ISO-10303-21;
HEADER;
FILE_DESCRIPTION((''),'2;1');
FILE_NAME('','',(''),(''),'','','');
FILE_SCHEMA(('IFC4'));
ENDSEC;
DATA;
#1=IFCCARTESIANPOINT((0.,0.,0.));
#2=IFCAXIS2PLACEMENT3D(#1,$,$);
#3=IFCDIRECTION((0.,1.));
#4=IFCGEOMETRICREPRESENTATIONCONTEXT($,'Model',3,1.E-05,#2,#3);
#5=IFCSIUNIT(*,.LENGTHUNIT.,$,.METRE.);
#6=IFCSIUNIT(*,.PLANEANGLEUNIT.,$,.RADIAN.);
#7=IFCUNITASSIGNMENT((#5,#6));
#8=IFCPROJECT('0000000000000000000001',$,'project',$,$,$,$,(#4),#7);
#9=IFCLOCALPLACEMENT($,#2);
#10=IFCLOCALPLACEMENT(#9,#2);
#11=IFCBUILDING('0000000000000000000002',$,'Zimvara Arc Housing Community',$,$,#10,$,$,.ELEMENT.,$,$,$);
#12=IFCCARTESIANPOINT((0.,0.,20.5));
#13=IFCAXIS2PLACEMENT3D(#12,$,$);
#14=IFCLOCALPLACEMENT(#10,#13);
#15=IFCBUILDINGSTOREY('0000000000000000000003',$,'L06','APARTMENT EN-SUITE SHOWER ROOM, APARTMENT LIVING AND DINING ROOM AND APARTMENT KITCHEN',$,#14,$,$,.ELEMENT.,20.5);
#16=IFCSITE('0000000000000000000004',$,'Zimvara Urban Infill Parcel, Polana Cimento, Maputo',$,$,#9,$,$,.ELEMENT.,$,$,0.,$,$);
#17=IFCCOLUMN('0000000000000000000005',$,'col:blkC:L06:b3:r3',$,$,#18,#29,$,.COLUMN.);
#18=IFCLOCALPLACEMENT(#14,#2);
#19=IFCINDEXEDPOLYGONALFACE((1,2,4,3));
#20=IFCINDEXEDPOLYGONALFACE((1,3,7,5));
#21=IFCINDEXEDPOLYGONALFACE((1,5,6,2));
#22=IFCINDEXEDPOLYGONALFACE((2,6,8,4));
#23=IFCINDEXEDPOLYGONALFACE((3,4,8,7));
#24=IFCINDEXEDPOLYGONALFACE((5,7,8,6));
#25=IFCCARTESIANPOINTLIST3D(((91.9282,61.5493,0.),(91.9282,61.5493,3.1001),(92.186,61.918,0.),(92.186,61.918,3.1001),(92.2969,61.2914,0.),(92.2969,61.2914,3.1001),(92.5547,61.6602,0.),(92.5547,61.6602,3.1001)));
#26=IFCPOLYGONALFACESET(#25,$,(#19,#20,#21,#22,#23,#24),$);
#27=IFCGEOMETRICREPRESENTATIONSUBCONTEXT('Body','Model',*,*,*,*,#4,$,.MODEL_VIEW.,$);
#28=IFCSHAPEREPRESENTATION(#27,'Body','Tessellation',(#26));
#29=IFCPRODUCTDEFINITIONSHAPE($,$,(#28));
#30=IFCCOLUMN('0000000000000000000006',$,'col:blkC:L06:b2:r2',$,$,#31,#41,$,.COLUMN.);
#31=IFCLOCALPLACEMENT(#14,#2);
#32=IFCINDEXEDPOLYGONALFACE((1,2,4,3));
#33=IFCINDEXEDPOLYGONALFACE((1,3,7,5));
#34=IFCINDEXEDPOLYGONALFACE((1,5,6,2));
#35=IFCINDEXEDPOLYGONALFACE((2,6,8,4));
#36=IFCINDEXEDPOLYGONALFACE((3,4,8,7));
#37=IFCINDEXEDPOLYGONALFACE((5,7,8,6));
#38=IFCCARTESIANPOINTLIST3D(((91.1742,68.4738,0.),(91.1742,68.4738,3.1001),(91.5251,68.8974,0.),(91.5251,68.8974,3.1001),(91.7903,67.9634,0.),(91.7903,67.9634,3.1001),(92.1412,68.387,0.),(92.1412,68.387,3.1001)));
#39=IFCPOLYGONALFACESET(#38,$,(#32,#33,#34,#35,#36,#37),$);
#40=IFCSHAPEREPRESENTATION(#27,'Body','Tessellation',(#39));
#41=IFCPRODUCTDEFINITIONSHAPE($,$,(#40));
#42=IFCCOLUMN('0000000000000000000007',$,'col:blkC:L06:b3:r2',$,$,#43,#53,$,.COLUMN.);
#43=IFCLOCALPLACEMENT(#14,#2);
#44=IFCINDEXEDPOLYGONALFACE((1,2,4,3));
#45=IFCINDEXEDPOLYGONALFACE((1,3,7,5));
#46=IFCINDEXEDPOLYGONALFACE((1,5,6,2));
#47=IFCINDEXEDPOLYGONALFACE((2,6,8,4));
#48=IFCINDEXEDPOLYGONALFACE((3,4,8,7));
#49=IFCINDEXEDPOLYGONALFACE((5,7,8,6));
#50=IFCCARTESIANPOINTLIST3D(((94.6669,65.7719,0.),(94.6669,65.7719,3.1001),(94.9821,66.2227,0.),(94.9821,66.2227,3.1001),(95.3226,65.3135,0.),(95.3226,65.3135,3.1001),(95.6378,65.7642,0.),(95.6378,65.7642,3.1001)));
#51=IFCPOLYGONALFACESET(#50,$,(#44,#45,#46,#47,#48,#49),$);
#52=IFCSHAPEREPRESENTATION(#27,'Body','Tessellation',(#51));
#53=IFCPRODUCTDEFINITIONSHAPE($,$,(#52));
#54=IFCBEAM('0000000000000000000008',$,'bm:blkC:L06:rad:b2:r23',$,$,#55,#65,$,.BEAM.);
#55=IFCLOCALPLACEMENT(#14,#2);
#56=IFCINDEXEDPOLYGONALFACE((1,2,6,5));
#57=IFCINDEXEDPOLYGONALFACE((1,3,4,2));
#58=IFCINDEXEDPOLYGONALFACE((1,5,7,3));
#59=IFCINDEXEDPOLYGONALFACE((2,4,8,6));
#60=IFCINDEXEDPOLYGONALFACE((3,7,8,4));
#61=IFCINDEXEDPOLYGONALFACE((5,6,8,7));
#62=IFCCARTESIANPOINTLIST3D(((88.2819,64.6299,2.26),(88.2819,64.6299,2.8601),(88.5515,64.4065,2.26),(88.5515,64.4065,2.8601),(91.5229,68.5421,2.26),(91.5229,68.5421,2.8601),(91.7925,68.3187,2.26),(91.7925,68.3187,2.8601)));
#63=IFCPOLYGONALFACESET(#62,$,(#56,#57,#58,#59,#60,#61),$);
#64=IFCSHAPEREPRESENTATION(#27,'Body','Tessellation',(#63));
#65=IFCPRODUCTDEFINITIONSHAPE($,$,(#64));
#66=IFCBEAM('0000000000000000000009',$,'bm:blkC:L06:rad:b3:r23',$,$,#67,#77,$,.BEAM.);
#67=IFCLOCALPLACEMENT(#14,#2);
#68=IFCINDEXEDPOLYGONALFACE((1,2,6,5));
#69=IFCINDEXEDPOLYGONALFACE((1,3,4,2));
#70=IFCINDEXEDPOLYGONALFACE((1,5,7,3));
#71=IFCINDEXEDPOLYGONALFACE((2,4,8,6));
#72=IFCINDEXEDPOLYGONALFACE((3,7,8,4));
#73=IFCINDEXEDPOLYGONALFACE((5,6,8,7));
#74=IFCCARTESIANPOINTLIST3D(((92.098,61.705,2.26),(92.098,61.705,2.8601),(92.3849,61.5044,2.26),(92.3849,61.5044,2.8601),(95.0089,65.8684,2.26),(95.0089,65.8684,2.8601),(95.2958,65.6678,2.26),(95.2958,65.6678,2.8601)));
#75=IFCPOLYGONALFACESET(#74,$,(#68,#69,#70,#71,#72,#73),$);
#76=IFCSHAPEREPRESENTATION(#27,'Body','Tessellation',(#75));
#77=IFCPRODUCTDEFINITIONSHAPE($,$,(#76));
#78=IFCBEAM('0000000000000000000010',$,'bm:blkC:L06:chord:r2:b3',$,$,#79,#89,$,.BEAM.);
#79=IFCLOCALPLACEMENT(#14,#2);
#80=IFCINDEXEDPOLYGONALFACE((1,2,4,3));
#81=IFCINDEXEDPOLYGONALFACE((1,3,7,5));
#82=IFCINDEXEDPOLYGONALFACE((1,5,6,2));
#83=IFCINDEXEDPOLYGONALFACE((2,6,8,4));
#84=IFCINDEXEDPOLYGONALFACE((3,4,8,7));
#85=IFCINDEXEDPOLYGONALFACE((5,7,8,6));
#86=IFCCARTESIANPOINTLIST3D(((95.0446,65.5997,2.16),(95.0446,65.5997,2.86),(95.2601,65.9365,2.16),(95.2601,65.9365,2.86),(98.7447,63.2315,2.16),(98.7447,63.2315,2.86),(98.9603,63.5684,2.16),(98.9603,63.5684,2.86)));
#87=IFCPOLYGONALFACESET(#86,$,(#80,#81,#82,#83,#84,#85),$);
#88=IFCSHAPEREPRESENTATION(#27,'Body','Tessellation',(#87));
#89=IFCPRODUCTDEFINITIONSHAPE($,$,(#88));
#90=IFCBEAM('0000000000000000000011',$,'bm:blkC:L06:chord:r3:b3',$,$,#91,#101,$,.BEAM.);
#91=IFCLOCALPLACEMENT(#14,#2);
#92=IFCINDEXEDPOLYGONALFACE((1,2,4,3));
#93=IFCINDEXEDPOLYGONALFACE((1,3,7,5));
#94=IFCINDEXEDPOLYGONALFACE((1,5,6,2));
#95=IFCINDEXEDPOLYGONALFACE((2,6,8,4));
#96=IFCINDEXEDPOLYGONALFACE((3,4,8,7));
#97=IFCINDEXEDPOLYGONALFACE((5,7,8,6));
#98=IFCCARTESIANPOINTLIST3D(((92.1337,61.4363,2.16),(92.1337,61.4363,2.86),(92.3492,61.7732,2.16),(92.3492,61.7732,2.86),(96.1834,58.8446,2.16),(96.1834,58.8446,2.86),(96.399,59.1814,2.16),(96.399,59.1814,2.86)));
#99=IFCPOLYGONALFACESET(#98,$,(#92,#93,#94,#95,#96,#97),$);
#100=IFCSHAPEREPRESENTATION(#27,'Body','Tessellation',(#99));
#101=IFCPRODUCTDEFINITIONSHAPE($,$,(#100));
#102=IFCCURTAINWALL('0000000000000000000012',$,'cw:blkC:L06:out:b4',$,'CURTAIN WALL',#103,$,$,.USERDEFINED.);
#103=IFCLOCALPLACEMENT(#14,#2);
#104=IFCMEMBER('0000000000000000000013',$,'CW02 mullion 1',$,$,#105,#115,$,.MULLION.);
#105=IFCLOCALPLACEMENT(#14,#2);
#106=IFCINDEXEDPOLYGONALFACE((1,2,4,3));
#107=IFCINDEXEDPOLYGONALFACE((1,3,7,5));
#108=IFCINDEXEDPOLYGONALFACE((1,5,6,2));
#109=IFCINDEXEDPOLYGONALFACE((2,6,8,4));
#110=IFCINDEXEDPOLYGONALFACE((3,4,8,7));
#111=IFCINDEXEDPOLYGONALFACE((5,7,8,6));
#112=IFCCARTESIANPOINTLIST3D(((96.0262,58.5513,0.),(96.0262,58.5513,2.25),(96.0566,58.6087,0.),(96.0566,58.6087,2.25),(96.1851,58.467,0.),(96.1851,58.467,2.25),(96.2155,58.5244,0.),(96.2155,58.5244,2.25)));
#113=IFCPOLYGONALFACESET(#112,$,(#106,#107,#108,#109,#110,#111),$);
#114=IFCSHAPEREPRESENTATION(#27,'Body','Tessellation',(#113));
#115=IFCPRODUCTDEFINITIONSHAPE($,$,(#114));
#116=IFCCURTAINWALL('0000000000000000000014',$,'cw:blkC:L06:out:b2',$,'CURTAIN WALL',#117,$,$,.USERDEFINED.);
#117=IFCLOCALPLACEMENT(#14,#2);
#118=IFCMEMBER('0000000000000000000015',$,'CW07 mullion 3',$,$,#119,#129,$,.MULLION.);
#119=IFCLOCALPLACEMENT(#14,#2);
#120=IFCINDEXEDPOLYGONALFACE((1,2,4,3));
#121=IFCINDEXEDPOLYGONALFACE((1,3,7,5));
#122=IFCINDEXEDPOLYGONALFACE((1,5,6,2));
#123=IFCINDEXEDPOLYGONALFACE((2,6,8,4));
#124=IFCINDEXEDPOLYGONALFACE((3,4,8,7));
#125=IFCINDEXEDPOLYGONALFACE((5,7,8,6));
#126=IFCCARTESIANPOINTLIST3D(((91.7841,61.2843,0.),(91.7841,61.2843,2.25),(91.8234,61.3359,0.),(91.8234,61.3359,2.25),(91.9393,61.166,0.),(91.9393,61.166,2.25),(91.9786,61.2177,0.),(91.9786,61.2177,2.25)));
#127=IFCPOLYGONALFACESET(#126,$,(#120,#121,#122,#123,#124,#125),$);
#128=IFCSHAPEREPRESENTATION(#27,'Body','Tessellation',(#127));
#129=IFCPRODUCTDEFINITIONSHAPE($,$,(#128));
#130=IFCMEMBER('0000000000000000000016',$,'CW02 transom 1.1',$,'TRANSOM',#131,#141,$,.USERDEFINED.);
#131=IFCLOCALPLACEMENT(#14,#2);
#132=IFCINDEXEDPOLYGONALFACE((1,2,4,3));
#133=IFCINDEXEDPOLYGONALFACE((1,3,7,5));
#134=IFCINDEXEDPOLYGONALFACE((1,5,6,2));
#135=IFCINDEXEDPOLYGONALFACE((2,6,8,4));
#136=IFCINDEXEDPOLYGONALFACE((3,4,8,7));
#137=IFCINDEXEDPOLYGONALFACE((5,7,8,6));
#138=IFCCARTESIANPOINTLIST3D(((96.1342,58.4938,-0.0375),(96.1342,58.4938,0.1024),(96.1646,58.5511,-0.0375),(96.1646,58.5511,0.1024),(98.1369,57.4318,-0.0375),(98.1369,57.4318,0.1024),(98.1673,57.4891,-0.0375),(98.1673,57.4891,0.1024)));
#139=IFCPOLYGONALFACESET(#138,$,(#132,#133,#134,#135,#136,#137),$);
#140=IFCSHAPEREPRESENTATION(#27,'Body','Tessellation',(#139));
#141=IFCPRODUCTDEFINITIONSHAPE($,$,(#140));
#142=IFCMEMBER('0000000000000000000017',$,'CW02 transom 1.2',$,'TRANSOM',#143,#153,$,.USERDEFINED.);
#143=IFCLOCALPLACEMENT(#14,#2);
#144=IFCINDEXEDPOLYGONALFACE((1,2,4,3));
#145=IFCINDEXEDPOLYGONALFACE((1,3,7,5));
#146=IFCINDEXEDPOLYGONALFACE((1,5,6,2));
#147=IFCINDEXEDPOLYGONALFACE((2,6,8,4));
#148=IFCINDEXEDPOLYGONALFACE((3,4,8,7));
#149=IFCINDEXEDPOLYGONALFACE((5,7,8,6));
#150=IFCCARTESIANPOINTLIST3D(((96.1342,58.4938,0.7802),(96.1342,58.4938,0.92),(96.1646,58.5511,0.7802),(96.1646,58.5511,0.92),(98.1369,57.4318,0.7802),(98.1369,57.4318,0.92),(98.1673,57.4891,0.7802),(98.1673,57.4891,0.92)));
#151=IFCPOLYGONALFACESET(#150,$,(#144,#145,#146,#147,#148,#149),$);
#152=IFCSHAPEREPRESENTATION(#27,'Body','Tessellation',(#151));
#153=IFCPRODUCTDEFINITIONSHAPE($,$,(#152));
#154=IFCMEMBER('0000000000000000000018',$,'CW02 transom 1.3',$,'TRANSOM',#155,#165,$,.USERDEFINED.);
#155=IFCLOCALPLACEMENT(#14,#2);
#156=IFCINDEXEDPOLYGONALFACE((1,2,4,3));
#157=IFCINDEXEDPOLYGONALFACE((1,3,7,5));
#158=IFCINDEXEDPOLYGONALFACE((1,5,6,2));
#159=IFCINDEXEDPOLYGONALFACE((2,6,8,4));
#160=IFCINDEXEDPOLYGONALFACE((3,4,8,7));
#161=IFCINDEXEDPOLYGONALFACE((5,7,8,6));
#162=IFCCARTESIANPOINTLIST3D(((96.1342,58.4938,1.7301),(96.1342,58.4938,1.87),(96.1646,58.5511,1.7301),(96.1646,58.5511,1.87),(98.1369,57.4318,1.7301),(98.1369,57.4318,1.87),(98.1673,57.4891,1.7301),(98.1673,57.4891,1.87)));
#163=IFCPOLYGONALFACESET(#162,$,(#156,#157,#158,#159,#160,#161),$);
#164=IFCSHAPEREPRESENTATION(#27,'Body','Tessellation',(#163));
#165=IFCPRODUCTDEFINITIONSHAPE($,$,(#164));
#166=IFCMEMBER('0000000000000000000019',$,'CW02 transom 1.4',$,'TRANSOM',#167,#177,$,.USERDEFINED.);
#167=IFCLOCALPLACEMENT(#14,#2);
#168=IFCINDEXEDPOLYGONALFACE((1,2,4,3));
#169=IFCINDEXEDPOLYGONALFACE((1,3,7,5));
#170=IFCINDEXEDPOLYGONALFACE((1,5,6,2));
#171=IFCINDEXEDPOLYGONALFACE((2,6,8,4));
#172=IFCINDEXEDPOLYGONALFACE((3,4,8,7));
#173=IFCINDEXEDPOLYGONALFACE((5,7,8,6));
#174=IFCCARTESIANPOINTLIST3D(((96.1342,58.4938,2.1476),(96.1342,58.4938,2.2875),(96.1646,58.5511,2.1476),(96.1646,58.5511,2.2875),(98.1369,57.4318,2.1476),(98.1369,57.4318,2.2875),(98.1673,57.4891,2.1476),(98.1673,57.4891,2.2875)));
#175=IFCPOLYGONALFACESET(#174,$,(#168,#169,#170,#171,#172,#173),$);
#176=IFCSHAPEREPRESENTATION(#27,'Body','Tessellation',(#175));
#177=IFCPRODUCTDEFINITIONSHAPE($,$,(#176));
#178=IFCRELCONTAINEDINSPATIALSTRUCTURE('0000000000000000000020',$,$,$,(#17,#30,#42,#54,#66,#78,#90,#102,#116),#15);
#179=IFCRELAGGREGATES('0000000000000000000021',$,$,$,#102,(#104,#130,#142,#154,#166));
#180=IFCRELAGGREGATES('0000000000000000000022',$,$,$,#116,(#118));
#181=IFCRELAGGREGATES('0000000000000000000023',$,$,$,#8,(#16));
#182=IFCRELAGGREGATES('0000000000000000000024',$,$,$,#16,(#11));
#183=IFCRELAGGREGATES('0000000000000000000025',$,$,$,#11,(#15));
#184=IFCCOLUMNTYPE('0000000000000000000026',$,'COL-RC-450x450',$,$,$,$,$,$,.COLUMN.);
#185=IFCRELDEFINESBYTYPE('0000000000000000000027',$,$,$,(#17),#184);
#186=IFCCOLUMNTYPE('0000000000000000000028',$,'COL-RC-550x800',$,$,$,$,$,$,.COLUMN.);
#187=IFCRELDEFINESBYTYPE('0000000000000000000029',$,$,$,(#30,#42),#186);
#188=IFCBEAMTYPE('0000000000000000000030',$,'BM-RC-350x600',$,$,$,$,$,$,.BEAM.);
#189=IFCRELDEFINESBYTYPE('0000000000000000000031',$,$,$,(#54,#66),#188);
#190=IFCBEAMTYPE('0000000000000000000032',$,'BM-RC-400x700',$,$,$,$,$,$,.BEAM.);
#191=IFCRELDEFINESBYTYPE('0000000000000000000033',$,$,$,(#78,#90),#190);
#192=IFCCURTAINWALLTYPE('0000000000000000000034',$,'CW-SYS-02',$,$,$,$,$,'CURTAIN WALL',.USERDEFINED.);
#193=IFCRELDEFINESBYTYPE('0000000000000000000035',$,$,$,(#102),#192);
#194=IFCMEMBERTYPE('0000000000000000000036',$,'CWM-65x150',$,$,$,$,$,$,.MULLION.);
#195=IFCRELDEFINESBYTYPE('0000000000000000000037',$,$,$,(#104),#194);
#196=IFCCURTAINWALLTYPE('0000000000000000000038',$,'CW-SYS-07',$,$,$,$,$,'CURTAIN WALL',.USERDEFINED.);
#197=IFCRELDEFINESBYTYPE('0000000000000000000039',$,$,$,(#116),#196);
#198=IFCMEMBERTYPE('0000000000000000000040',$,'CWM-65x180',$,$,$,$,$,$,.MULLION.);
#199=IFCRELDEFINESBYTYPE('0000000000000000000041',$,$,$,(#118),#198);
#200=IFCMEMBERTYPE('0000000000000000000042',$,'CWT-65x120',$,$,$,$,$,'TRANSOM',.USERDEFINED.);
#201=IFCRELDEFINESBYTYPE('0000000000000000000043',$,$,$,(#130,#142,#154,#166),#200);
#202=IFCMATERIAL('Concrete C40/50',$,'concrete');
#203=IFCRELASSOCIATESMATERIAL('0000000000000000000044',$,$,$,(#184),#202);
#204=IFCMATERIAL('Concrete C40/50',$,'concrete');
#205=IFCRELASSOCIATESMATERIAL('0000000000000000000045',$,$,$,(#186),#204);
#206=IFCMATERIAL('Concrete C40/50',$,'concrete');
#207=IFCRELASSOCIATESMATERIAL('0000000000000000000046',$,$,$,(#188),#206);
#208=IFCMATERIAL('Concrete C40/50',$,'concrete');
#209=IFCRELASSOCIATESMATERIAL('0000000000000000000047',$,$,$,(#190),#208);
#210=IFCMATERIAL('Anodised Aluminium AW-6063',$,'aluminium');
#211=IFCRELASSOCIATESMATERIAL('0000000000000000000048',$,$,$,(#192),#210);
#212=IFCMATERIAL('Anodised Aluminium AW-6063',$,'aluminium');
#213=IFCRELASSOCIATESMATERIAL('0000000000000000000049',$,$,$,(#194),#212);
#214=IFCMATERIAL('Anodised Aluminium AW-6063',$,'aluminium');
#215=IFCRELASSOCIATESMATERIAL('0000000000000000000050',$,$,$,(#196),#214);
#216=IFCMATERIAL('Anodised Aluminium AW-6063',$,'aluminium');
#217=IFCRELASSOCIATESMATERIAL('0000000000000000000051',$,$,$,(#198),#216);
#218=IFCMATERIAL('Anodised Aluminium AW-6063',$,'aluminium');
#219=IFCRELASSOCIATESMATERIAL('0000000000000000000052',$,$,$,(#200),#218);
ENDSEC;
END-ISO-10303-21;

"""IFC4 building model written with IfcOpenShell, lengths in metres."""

from ifc_helpers import new_model, si_unit, direction, frame, origin, origin_2d, place, context, subcontext, project, spatial, rectangle, extrude, material, material_profile, profile_set, type_object, element, aggregate, save


model = new_model("IFC4")

# Units and contexts
model_context = context("Model", 3, precision=1e-05, world=origin(), true_north=direction((0.0, 1.0)))
body_context = subcontext(model_context, "Body", "Model", "MODEL_VIEW")
ifc_project = project(units=[si_unit("LENGTHUNIT", "METRE"), si_unit("PLANEANGLEUNIT", "RADIAN")], contexts=[model_context])

# Site, building, storey
site_placement = place(None, origin())
site = spatial("IfcSite", under=ifc_project, at=site_placement, Name="Zimvara Urban Infill Parcel, Polana Cimento, Maputo", CompositionType="ELEMENT", RefElevation=0.0)
building_placement = place(site_placement, origin())
building = spatial("IfcBuilding", under=site, at=building_placement, Name="Zimvara Arc Housing Community", CompositionType="ELEMENT")
storey_placement = place(building_placement, frame((0.0, 0.0, 20.5)))
storey = spatial("IfcBuildingStorey", under=building, at=storey_placement, Name="L06", Description="APARTMENT EN-SUITE SHOWER ROOM, APARTMENT LIVING AND DINING ROOM AND APARTMENT KITCHEN", CompositionType="ELEMENT", Elevation=20.5)

# Columns
ifc_material_1 = material(Name="Concrete C40/50", Category="concrete")
ifc_material_profile_1 = material_profile(ifc_material_1, rectangle(XDim=0.45, YDim=0.45, at=origin_2d()), Name="RC 450x450")
ifc_profile_set_1 = profile_set([ifc_material_profile_1], Name="Concrete C40/50")
column_type_1 = type_object("IfcColumnType", Name="COL-RC-450x450", PredefinedType="COLUMN", material=ifc_profile_set_1)
column_placement = place(storey_placement, frame((92.2415, 61.6047, 0.0), z_axis=(0.0, 0.0, 1.0), x_axis=(-0.573004, -0.819552, 0.0)))
element("IfcColumn", 1, at=column_placement, inside=storey, type_object=column_type_1, Name="col:blkC:L06:b3:r3", PredefinedType="COLUMN", context=body_context, shape_type="SweptSolid", body=[
    extrude(rectangle(XDim=0.45, YDim=0.45, at=origin_2d()), origin(), (0.0, 0.0, 1.0), 3.1001),
])
ifc_material_2 = material(Name="Concrete C40/50", Category="concrete")
ifc_material_profile_2 = material_profile(ifc_material_2, rectangle(XDim=0.55, YDim=0.8, at=origin_2d()), Name="RC 550x800")
ifc_profile_set_2 = profile_set([ifc_material_profile_2], Name="Concrete C40/50")
column_type_2 = type_object("IfcColumnType", Name="COL-RC-550x800", PredefinedType="COLUMN", material=ifc_profile_set_2)
for number, where, z_axis, x_axis, name in (
    (2, (91.6577, 68.4304, 0.0), (0.0, 0.0, 1.0), (-0.637962, -0.770068, 0.0), "col:blkC:L06:b2:r2"),
    (3, (95.1523, 65.7681, 0.0), (0.0, 0.0, 1.0), (-0.573004, -0.819552, 0.0), "col:blkC:L06:b3:r2"),
):
    element("IfcColumn", number, at=place(storey_placement, frame(where, z_axis=z_axis, x_axis=x_axis)), inside=storey, type_object=column_type_2, Name=name, PredefinedType="COLUMN", context=body_context, shape_type="SweptSolid", body=[
        extrude(rectangle(XDim=0.55, YDim=0.8, at=origin_2d()), origin(), (0.0, 0.0, 1.0), 3.1001),
    ])

# Beams
ifc_material_3 = material(Name="Concrete C40/50", Category="concrete")
ifc_material_profile_3 = material_profile(ifc_material_3, rectangle(XDim=0.3501, YDim=0.6001, at=origin_2d()), Name="RC 350x600")
ifc_profile_set_3 = profile_set([ifc_material_profile_3], Name="Concrete C40/50")
beam_type_1 = type_object("IfcBeamType", Name="BM-RC-350x600", PredefinedType="BEAM", material=ifc_profile_set_3)
beam_1_placement = place(storey_placement, frame((91.6577, 68.4304, 2.5601), z_axis=(-0.63796, -0.770069, 0.0), x_axis=(0.770069, -0.63796, 0.0)))
element("IfcBeam", 4, at=beam_1_placement, inside=storey, type_object=beam_type_1, Name="bm:blkC:L06:rad:b2:r23", PredefinedType="BEAM", context=body_context, shape_type="SweptSolid", body=[
    extrude(rectangle(XDim=0.3501, YDim=0.6001, at=origin_2d()), origin(), (0.0, 0.0, 1.0), 5.0803),
])
beam_2_placement = place(storey_placement, frame((95.1523, 65.7681, 2.5601), z_axis=(-0.573007, -0.81955, 0.0), x_axis=(0.81955, -0.573007, 0.0)))
element("IfcBeam", 5, at=beam_2_placement, inside=storey, type_object=beam_type_1, Name="bm:blkC:L06:rad:b3:r23", PredefinedType="BEAM", context=body_context, shape_type="SweptSolid", body=[
    extrude(rectangle(XDim=0.3501, YDim=0.6001, at=origin_2d()), origin(), (0.0, 0.0, 1.0), 5.0801),
])
ifc_material_4 = material(Name="Concrete C40/50", Category="concrete")
ifc_material_profile_4 = material_profile(ifc_material_4, rectangle(XDim=0.3999, YDim=0.7, at=origin_2d()), Name="RC 400x700")
ifc_profile_set_4 = profile_set([ifc_material_profile_4], Name="Concrete C40/50")
beam_type_2 = type_object("IfcBeamType", Name="BM-RC-400x700", PredefinedType="BEAM", material=ifc_profile_set_4)
beam_3_placement = place(storey_placement, frame((95.1523, 65.7681, 2.51), z_axis=(0.842267, -0.53906, 0.0), x_axis=(0.53906, 0.842267, 0.0)))
element("IfcBeam", 6, at=beam_3_placement, inside=storey, type_object=beam_type_2, Name="bm:blkC:L06:chord:r2:b3", PredefinedType="BEAM", context=body_context, shape_type="SweptSolid", body=[
    extrude(rectangle(XDim=0.3999, YDim=0.7, at=origin_2d()), origin(), (0.0, 0.0, 1.0), 4.3931),
])
beam_4_placement = place(storey_placement, frame((92.2415, 61.6047, 2.51), z_axis=(0.842279, -0.539042, 0.0), x_axis=(0.539042, 0.842279, 0.0)))
element("IfcBeam", 7, at=beam_4_placement, inside=storey, type_object=beam_type_2, Name="bm:blkC:L06:chord:r3:b3", PredefinedType="BEAM", context=body_context, shape_type="SweptSolid", body=[
    extrude(rectangle(XDim=0.3999, YDim=0.7, at=origin_2d()), origin(), (0.0, 0.0, 1.0), 4.8081),
])

# Curtain walls, members
ifc_material_5 = material(Name="Anodised Aluminium AW-6063", Category="aluminium")
curtain_wall_type_1 = type_object("IfcCurtainWallType", Name="CW-SYS-02", ElementType="CURTAIN WALL", PredefinedType="USERDEFINED", material=ifc_material_5)
curtain_wall_1_placement = place(storey_placement, origin())
curtain_wall_1 = element("IfcCurtainWall", 8, at=curtain_wall_1_placement, inside=storey, type_object=curtain_wall_type_1, Name="cw:blkC:L06:out:b4", ObjectType="CURTAIN WALL", PredefinedType="USERDEFINED")
ifc_material_6 = material(Name="Anodised Aluminium AW-6063", Category="aluminium")
ifc_material_profile_5 = material_profile(ifc_material_6, rectangle(XDim=0.0649, YDim=0.1799, at=origin_2d()), Name="ALU 65x180")
ifc_profile_set_5 = profile_set([ifc_material_profile_5], Name="Anodised Aluminium AW-6063")
member_type_1 = type_object("IfcMemberType", Name="CWM-65x150", PredefinedType="MULLION", material=ifc_profile_set_5)
member_1_placement = place(storey_placement, frame((96.1208, 58.5378, 0.0), z_axis=(0.0, 0.0, 1.0), x_axis=(0.468547, 0.883439, 0.0)))
member_1 = element("IfcMember", 9, at=member_1_placement, type_object=member_type_1, Name="CW02 mullion 1", PredefinedType="MULLION", context=body_context, shape_type="SweptSolid", body=[
    extrude(rectangle(XDim=0.0649, YDim=0.1799, at=origin_2d()), origin(), (0.0, 0.0, 1.0), 2.25),
])
ifc_material_7 = material(Name="Anodised Aluminium AW-6063", Category="aluminium")
curtain_wall_type_2 = type_object("IfcCurtainWallType", Name="CW-SYS-07", ElementType="CURTAIN WALL", PredefinedType="USERDEFINED", material=ifc_material_7)
curtain_wall_2_placement = place(storey_placement, origin())
curtain_wall_2 = element("IfcCurtainWall", 10, at=curtain_wall_2_placement, inside=storey, type_object=curtain_wall_type_2, Name="cw:blkC:L06:out:b2", ObjectType="CURTAIN WALL", PredefinedType="USERDEFINED")
ifc_material_8 = material(Name="Anodised Aluminium AW-6063", Category="aluminium")
ifc_material_profile_6 = material_profile(ifc_material_8, rectangle(XDim=0.0649, YDim=0.1951, at=origin_2d()), Name="ALU 65x195")
ifc_profile_set_6 = profile_set([ifc_material_profile_6], Name="Anodised Aluminium AW-6063")
member_type_2 = type_object("IfcMemberType", Name="CWM-65x180", PredefinedType="MULLION", material=ifc_profile_set_6)
member_2_placement = place(storey_placement, frame((91.8813, 61.251, 0.0), z_axis=(0.0, 0.0, 1.0), x_axis=(0.605988, 0.795474, 0.0)))
member_2 = element("IfcMember", 11, at=member_2_placement, type_object=member_type_2, Name="CW07 mullion 3", PredefinedType="MULLION", context=body_context, shape_type="SweptSolid", body=[
    extrude(rectangle(XDim=0.0649, YDim=0.1951, at=origin_2d()), origin(), (0.0, 0.0, 1.0), 2.25),
])

# Members
ifc_material_9 = material(Name="Anodised Aluminium AW-6063", Category="aluminium")
ifc_material_profile_7 = material_profile(ifc_material_9, rectangle(XDim=0.0649, YDim=0.1399, at=origin_2d()), Name="ALU 65x140")
ifc_profile_set_7 = profile_set([ifc_material_profile_7], Name="Anodised Aluminium AW-6063")
member_type_3 = type_object("IfcMemberType", Name="CWT-65x120", ElementType="TRANSOM", PredefinedType="USERDEFINED", material=ifc_profile_set_7)
member_3_placement = place(storey_placement, frame((96.1494, 58.5225, 0.0325), z_axis=(0.883465, -0.468496, 0.0), x_axis=(0.468496, 0.883465, 0.0)))
member_3 = element("IfcMember", 12, at=member_3_placement, type_object=member_type_3, Name="CW02 transom 1.1", ObjectType="TRANSOM", PredefinedType="USERDEFINED", context=body_context, shape_type="SweptSolid", body=[
    extrude(rectangle(XDim=0.0649, YDim=0.1399, at=origin_2d()), origin(), (0.0, 0.0, 1.0), 2.2668),
])
member_4_placement = place(storey_placement, frame((96.1494, 58.5225, 0.8501), z_axis=(0.883465, -0.468496, 0.0), x_axis=(0.468496, 0.883465, 0.0)))
member_4 = element("IfcMember", 13, at=member_4_placement, type_object=member_type_3, Name="CW02 transom 1.2", ObjectType="TRANSOM", PredefinedType="USERDEFINED", context=body_context, shape_type="SweptSolid", body=[
    extrude(rectangle(XDim=0.0649, YDim=0.1399, at=origin_2d()), origin(), (0.0, 0.0, 1.0), 2.2668),
])
member_5_placement = place(storey_placement, frame((96.1494, 58.5225, 1.8), z_axis=(0.883465, -0.468496, 0.0), x_axis=(0.468496, 0.883465, 0.0)))
member_5 = element("IfcMember", 14, at=member_5_placement, type_object=member_type_3, Name="CW02 transom 1.3", ObjectType="TRANSOM", PredefinedType="USERDEFINED", context=body_context, shape_type="SweptSolid", body=[
    extrude(rectangle(XDim=0.0649, YDim=0.1399, at=origin_2d()), origin(), (0.0, 0.0, 1.0), 2.2668),
])
member_6_placement = place(storey_placement, frame((96.1494, 58.5225, 2.2175), z_axis=(0.883465, -0.468496, 0.0), x_axis=(0.468496, 0.883465, 0.0)))
member_6 = element("IfcMember", 15, at=member_6_placement, type_object=member_type_3, Name="CW02 transom 1.4", ObjectType="TRANSOM", PredefinedType="USERDEFINED", context=body_context, shape_type="SweptSolid", body=[
    extrude(rectangle(XDim=0.0649, YDim=0.1399, at=origin_2d()), origin(), (0.0, 0.0, 1.0), 2.2668),
])
aggregate(curtain_wall_1, [member_1, member_3, member_4, member_5, member_6])

aggregate(curtain_wall_2, [member_2])

save(model, "model.ifc")
